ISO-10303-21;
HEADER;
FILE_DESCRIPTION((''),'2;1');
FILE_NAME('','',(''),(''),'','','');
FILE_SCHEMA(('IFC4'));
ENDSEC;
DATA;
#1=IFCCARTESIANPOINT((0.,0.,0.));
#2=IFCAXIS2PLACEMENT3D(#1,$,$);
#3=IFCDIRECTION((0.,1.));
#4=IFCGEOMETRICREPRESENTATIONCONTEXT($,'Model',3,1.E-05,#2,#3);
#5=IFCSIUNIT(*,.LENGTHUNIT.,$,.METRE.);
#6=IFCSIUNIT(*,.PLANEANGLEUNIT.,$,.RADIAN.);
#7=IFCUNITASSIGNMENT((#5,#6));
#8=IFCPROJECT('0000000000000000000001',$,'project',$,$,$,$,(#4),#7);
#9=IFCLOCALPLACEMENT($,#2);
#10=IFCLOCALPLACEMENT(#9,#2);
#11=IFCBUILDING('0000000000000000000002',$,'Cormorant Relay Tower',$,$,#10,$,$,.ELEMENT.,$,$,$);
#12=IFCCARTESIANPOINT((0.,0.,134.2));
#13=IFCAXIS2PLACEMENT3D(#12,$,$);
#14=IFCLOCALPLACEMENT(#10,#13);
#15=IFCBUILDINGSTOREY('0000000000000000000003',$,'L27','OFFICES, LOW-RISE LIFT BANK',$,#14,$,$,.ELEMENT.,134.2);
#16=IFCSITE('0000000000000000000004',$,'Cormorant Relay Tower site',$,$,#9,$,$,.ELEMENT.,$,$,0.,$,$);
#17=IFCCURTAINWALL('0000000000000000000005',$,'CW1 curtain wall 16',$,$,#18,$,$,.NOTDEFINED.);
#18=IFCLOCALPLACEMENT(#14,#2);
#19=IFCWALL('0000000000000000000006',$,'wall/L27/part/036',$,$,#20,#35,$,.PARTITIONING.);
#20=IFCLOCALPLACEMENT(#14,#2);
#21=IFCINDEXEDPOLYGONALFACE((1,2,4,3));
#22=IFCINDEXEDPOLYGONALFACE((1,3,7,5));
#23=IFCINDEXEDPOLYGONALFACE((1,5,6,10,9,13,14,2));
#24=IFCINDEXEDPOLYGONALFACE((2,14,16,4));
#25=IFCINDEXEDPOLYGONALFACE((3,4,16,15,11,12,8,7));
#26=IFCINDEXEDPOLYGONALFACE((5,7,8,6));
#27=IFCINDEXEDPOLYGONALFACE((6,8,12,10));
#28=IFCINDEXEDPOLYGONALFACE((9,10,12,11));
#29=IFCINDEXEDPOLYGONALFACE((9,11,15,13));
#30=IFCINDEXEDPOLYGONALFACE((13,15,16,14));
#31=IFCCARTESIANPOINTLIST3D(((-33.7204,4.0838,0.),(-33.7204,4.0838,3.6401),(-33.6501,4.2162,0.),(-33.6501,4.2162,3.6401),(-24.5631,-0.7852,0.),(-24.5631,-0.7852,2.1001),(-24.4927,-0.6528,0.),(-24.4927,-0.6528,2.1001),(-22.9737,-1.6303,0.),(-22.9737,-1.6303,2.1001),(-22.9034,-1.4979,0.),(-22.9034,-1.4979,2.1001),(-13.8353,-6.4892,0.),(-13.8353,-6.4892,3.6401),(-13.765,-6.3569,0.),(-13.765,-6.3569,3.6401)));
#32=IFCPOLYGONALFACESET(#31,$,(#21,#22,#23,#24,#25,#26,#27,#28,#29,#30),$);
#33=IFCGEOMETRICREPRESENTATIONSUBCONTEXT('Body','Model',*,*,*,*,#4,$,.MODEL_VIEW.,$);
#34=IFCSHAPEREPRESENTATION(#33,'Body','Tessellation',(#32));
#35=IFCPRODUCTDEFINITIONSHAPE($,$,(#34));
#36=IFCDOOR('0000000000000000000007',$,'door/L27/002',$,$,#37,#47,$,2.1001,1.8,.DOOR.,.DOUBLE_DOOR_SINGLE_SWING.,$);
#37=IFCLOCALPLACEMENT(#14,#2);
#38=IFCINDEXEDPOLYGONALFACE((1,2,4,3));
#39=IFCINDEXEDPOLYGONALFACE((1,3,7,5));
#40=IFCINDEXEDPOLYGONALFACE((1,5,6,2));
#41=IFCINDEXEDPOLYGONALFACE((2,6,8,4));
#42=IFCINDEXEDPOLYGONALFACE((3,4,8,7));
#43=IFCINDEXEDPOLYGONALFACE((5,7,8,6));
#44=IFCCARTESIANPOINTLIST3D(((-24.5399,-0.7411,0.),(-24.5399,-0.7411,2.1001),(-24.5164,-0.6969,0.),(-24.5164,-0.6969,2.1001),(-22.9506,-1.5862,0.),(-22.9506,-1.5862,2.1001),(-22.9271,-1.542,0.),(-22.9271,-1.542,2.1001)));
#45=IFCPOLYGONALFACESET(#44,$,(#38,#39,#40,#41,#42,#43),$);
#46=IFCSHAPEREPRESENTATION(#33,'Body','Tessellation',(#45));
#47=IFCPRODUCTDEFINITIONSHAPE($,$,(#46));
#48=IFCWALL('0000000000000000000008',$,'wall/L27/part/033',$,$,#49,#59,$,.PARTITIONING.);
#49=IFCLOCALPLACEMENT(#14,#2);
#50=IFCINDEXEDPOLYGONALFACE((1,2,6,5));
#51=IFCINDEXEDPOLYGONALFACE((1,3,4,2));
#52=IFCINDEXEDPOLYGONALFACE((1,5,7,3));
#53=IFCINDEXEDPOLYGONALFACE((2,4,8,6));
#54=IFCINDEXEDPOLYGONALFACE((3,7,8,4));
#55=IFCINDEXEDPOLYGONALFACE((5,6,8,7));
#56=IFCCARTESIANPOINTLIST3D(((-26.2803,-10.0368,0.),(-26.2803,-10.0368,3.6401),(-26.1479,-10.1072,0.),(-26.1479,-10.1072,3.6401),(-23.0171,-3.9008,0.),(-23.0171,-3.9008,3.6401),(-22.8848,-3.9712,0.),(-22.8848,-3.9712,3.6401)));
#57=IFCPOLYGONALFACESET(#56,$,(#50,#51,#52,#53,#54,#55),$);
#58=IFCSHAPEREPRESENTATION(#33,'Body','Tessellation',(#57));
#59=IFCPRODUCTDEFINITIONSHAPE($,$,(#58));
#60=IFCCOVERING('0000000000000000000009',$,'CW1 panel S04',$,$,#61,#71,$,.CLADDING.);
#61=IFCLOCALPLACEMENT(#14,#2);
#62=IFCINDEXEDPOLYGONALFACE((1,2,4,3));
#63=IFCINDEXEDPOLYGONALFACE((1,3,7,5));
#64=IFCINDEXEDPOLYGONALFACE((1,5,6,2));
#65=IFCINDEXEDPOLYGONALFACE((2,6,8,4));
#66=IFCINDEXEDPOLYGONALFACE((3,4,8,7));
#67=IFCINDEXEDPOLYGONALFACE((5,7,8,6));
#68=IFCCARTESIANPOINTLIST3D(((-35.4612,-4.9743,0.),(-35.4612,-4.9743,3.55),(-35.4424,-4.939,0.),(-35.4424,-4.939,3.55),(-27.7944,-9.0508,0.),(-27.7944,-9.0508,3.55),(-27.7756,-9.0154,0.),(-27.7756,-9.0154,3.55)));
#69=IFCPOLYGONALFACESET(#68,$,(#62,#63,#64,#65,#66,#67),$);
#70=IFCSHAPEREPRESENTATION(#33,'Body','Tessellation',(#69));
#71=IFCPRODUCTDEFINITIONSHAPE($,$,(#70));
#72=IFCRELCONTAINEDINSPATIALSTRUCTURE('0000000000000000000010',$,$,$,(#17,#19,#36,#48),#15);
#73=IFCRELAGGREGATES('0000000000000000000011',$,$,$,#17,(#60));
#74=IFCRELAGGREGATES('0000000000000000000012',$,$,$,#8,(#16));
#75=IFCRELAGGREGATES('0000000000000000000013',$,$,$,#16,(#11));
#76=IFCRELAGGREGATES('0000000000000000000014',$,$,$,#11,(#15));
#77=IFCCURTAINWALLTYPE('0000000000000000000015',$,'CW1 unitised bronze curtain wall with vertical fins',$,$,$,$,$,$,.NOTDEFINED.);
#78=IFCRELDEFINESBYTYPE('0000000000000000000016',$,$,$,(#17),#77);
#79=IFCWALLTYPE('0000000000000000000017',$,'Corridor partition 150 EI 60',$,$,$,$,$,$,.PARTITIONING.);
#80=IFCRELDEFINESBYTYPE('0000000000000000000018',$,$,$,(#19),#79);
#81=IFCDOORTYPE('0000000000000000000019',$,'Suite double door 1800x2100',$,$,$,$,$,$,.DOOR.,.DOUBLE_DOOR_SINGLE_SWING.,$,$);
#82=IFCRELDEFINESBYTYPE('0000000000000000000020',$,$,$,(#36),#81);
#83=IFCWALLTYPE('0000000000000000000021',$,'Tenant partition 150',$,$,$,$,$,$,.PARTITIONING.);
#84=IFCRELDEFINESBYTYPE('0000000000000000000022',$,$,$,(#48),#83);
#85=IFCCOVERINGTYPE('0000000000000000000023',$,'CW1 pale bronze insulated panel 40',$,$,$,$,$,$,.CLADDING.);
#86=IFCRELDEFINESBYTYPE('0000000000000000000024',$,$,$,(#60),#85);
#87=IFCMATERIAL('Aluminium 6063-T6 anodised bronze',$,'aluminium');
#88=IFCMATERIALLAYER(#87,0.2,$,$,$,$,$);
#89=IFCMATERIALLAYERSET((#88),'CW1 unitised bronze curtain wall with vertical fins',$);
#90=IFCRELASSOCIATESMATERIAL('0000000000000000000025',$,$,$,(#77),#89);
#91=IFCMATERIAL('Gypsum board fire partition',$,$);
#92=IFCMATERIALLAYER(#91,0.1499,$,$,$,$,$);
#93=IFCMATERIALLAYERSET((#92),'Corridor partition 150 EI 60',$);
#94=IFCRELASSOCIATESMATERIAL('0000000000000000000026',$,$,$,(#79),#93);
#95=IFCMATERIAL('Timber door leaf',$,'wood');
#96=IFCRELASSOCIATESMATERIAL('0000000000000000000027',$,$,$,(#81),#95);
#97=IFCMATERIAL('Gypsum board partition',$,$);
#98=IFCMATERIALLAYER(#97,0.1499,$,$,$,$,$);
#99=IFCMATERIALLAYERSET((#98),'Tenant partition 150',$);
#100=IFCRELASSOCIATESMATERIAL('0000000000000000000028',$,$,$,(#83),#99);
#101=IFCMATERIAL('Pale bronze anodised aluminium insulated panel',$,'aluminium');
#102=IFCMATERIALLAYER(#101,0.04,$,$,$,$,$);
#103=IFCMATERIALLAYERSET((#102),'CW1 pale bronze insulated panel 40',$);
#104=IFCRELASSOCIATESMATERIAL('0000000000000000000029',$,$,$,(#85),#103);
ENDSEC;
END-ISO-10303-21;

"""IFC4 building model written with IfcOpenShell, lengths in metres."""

from ifc_helpers import new_model, si_unit, direction, frame, frame_2d, origin, origin_2d, place, context, subcontext, project, spatial, rectangle, extrude, material, layer, layer_set, type_object, element, fill, aggregate, save


model = new_model("IFC4")

# Units and contexts
model_context = context("Model", 3, precision=1e-05, world=origin(), true_north=direction((0.0, 1.0)))
body_context = subcontext(model_context, "Body", "Model", "MODEL_VIEW")
ifc_project = project(units=[si_unit("LENGTHUNIT", "METRE"), si_unit("PLANEANGLEUNIT", "RADIAN")], contexts=[model_context])

# Site, building, storey
site_placement = place(None, origin())
site = spatial("IfcSite", under=ifc_project, at=site_placement, Name="Cormorant Relay Tower site", CompositionType="ELEMENT", RefElevation=0.0)
building_placement = place(site_placement, origin())
building = spatial("IfcBuilding", under=site, at=building_placement, Name="Cormorant Relay Tower", CompositionType="ELEMENT")
storey_placement = place(building_placement, frame((0.0, 0.0, 134.2)))
storey = spatial("IfcBuildingStorey", under=building, at=storey_placement, Name="L27", Description="OFFICES, LOW-RISE LIFT BANK", CompositionType="ELEMENT", Elevation=134.2)

# Curtain wall
ifc_material_1 = material(Name="Aluminium 6063-T6 anodised bronze", Category="aluminium")
ifc_layer_1 = layer(ifc_material_1, 0.2)
ifc_layer_set_1 = layer_set([ifc_layer_1], Name="CW1 unitised bronze curtain wall with vertical fins")
curtain_wall_type = type_object("IfcCurtainWallType", Name="CW1 unitised bronze curtain wall with vertical fins", PredefinedType="NOTDEFINED", material=ifc_layer_set_1)
curtain_wall_placement = place(storey_placement, origin())
curtain_wall = element("IfcCurtainWall", 1, at=curtain_wall_placement, inside=storey, type_object=curtain_wall_type, Name="CW1 curtain wall 16", PredefinedType="NOTDEFINED")

# Shared definitions
ifc_material_2 = material(Name="Gypsum board fire partition")
ifc_layer_2 = layer(ifc_material_2, 0.1499)
ifc_layer_set_2 = layer_set([ifc_layer_2], Name="Corridor partition 150 EI 60")
wall_type_1 = type_object("IfcWallType", Name="Corridor partition 150 EI 60", PredefinedType="PARTITIONING", material=ifc_layer_set_2)

# Wall, opening, door
wall_1_placement = place(storey_placement, frame((-13.8, -6.4231, 0.0), z_axis=(0.0, 0.0, 1.0), x_axis=(-0.882948, 0.46947, 0.0)))
wall_1 = element("IfcWall", 2, at=wall_1_placement, inside=storey, type_object=wall_type_1, Name="wall/L27/part/036", PredefinedType="PARTITIONING", context=body_context, shape_type="SweptSolid", body=[
    extrude(rectangle(XDim=22.5212, YDim=0.1499, at=frame_2d((11.2607, 0.0))), origin(), (0.0, 0.0, 1.0), 3.6401),
])
opening_1_placement = place(wall_1_placement, frame((10.3501, 0.0, 0.0)))
opening_1 = element("IfcOpeningElement", 3, at=opening_1_placement, cuts=wall_1, PredefinedType="OPENING", context=body_context, shape_type="SweptSolid", body=[
    extrude(rectangle(XDim=1.8, YDim=2.1001, at=frame_2d((0.8999, 1.05))), frame((0.0, 0.085, 0.0), z_axis=(0.0, -1.0, 0.0), x_axis=(1.0, 0.0, 0.0)), (0.0, 0.0, 1.0), 0.1699),
])
ifc_material_3 = material(Name="Timber door leaf", Category="wood")
door_type_1 = type_object("IfcDoorType", Name="Suite double door 1800x2100", OperationType="DOUBLE_DOOR_SINGLE_SWING", PredefinedType="DOOR", material=ifc_material_3)
door_1_placement = place(opening_1_placement, frame((1.8, 0.0, 0.0), z_axis=(0.0, 0.0, 1.0), x_axis=(-1.0, 0.0, 0.0)))
door_1 = element("IfcDoor", 4, at=door_1_placement, inside=storey, type_object=door_type_1, Name="door/L27/002", OperationType="DOUBLE_DOOR_SINGLE_SWING", OverallHeight=2.1001, OverallWidth=1.8, PredefinedType="DOOR", context=body_context, shape_type="SweptSolid", body=[
    extrude(rectangle(XDim=1.8, YDim=2.1001, at=frame_2d((0.8999, 1.05))), frame((0.0, 0.0249, 0.0), z_axis=(0.0, -1.0, 0.0), x_axis=(1.0, 0.0, 0.0)), (0.0, 0.0, 1.0), 0.05),
])
fill(opening_1, door_1)

# Wall
ifc_material_4 = material(Name="Gypsum board partition")
ifc_layer_3 = layer(ifc_material_4, 0.1499)
ifc_layer_set_3 = layer_set([ifc_layer_3], Name="Tenant partition 150")
wall_type_2 = type_object("IfcWallType", Name="Tenant partition 150", PredefinedType="PARTITIONING", material=ifc_layer_set_3)
wall_2_placement = place(storey_placement, frame((-22.9509, -3.936, 0.0), z_axis=(0.0, 0.0, 1.0), x_axis=(-0.469541, -0.882911, 0.0)))
element("IfcWall", 5, at=wall_2_placement, inside=storey, type_object=wall_type_2, Name="wall/L27/part/033", PredefinedType="PARTITIONING", context=body_context, shape_type="SweptSolid", body=[
    extrude(rectangle(XDim=6.9497, YDim=0.1499, at=frame_2d((3.4749, 0.0))), origin(), (0.0, 0.0, 1.0), 3.6401),
])

# Covering
ifc_material_5 = material(Name="Pale bronze anodised aluminium insulated panel", Category="aluminium")
ifc_layer_4 = layer(ifc_material_5, 0.04)
ifc_layer_set_4 = layer_set([ifc_layer_4], Name="CW1 pale bronze insulated panel 40")
covering_type = type_object("IfcCoveringType", Name="CW1 pale bronze insulated panel 40", PredefinedType="CLADDING", material=ifc_layer_set_4)
covering_placement = place(storey_placement, frame((-31.6184, -6.9949, 0.0), z_axis=(0.0, 0.0, 1.0), x_axis=(0.882948, -0.469472, 0.0)))
covering = element("IfcCovering", 6, at=covering_placement, type_object=covering_type, Name="CW1 panel S04", PredefinedType="CLADDING", context=body_context, shape_type="SweptSolid", body=[
    extrude(rectangle(XDim=8.6831, YDim=0.04, at=origin_2d()), origin(), (0.0, 0.0, 1.0), 3.55),
])
aggregate(curtain_wall, [covering])

save(model, "model.ifc")
